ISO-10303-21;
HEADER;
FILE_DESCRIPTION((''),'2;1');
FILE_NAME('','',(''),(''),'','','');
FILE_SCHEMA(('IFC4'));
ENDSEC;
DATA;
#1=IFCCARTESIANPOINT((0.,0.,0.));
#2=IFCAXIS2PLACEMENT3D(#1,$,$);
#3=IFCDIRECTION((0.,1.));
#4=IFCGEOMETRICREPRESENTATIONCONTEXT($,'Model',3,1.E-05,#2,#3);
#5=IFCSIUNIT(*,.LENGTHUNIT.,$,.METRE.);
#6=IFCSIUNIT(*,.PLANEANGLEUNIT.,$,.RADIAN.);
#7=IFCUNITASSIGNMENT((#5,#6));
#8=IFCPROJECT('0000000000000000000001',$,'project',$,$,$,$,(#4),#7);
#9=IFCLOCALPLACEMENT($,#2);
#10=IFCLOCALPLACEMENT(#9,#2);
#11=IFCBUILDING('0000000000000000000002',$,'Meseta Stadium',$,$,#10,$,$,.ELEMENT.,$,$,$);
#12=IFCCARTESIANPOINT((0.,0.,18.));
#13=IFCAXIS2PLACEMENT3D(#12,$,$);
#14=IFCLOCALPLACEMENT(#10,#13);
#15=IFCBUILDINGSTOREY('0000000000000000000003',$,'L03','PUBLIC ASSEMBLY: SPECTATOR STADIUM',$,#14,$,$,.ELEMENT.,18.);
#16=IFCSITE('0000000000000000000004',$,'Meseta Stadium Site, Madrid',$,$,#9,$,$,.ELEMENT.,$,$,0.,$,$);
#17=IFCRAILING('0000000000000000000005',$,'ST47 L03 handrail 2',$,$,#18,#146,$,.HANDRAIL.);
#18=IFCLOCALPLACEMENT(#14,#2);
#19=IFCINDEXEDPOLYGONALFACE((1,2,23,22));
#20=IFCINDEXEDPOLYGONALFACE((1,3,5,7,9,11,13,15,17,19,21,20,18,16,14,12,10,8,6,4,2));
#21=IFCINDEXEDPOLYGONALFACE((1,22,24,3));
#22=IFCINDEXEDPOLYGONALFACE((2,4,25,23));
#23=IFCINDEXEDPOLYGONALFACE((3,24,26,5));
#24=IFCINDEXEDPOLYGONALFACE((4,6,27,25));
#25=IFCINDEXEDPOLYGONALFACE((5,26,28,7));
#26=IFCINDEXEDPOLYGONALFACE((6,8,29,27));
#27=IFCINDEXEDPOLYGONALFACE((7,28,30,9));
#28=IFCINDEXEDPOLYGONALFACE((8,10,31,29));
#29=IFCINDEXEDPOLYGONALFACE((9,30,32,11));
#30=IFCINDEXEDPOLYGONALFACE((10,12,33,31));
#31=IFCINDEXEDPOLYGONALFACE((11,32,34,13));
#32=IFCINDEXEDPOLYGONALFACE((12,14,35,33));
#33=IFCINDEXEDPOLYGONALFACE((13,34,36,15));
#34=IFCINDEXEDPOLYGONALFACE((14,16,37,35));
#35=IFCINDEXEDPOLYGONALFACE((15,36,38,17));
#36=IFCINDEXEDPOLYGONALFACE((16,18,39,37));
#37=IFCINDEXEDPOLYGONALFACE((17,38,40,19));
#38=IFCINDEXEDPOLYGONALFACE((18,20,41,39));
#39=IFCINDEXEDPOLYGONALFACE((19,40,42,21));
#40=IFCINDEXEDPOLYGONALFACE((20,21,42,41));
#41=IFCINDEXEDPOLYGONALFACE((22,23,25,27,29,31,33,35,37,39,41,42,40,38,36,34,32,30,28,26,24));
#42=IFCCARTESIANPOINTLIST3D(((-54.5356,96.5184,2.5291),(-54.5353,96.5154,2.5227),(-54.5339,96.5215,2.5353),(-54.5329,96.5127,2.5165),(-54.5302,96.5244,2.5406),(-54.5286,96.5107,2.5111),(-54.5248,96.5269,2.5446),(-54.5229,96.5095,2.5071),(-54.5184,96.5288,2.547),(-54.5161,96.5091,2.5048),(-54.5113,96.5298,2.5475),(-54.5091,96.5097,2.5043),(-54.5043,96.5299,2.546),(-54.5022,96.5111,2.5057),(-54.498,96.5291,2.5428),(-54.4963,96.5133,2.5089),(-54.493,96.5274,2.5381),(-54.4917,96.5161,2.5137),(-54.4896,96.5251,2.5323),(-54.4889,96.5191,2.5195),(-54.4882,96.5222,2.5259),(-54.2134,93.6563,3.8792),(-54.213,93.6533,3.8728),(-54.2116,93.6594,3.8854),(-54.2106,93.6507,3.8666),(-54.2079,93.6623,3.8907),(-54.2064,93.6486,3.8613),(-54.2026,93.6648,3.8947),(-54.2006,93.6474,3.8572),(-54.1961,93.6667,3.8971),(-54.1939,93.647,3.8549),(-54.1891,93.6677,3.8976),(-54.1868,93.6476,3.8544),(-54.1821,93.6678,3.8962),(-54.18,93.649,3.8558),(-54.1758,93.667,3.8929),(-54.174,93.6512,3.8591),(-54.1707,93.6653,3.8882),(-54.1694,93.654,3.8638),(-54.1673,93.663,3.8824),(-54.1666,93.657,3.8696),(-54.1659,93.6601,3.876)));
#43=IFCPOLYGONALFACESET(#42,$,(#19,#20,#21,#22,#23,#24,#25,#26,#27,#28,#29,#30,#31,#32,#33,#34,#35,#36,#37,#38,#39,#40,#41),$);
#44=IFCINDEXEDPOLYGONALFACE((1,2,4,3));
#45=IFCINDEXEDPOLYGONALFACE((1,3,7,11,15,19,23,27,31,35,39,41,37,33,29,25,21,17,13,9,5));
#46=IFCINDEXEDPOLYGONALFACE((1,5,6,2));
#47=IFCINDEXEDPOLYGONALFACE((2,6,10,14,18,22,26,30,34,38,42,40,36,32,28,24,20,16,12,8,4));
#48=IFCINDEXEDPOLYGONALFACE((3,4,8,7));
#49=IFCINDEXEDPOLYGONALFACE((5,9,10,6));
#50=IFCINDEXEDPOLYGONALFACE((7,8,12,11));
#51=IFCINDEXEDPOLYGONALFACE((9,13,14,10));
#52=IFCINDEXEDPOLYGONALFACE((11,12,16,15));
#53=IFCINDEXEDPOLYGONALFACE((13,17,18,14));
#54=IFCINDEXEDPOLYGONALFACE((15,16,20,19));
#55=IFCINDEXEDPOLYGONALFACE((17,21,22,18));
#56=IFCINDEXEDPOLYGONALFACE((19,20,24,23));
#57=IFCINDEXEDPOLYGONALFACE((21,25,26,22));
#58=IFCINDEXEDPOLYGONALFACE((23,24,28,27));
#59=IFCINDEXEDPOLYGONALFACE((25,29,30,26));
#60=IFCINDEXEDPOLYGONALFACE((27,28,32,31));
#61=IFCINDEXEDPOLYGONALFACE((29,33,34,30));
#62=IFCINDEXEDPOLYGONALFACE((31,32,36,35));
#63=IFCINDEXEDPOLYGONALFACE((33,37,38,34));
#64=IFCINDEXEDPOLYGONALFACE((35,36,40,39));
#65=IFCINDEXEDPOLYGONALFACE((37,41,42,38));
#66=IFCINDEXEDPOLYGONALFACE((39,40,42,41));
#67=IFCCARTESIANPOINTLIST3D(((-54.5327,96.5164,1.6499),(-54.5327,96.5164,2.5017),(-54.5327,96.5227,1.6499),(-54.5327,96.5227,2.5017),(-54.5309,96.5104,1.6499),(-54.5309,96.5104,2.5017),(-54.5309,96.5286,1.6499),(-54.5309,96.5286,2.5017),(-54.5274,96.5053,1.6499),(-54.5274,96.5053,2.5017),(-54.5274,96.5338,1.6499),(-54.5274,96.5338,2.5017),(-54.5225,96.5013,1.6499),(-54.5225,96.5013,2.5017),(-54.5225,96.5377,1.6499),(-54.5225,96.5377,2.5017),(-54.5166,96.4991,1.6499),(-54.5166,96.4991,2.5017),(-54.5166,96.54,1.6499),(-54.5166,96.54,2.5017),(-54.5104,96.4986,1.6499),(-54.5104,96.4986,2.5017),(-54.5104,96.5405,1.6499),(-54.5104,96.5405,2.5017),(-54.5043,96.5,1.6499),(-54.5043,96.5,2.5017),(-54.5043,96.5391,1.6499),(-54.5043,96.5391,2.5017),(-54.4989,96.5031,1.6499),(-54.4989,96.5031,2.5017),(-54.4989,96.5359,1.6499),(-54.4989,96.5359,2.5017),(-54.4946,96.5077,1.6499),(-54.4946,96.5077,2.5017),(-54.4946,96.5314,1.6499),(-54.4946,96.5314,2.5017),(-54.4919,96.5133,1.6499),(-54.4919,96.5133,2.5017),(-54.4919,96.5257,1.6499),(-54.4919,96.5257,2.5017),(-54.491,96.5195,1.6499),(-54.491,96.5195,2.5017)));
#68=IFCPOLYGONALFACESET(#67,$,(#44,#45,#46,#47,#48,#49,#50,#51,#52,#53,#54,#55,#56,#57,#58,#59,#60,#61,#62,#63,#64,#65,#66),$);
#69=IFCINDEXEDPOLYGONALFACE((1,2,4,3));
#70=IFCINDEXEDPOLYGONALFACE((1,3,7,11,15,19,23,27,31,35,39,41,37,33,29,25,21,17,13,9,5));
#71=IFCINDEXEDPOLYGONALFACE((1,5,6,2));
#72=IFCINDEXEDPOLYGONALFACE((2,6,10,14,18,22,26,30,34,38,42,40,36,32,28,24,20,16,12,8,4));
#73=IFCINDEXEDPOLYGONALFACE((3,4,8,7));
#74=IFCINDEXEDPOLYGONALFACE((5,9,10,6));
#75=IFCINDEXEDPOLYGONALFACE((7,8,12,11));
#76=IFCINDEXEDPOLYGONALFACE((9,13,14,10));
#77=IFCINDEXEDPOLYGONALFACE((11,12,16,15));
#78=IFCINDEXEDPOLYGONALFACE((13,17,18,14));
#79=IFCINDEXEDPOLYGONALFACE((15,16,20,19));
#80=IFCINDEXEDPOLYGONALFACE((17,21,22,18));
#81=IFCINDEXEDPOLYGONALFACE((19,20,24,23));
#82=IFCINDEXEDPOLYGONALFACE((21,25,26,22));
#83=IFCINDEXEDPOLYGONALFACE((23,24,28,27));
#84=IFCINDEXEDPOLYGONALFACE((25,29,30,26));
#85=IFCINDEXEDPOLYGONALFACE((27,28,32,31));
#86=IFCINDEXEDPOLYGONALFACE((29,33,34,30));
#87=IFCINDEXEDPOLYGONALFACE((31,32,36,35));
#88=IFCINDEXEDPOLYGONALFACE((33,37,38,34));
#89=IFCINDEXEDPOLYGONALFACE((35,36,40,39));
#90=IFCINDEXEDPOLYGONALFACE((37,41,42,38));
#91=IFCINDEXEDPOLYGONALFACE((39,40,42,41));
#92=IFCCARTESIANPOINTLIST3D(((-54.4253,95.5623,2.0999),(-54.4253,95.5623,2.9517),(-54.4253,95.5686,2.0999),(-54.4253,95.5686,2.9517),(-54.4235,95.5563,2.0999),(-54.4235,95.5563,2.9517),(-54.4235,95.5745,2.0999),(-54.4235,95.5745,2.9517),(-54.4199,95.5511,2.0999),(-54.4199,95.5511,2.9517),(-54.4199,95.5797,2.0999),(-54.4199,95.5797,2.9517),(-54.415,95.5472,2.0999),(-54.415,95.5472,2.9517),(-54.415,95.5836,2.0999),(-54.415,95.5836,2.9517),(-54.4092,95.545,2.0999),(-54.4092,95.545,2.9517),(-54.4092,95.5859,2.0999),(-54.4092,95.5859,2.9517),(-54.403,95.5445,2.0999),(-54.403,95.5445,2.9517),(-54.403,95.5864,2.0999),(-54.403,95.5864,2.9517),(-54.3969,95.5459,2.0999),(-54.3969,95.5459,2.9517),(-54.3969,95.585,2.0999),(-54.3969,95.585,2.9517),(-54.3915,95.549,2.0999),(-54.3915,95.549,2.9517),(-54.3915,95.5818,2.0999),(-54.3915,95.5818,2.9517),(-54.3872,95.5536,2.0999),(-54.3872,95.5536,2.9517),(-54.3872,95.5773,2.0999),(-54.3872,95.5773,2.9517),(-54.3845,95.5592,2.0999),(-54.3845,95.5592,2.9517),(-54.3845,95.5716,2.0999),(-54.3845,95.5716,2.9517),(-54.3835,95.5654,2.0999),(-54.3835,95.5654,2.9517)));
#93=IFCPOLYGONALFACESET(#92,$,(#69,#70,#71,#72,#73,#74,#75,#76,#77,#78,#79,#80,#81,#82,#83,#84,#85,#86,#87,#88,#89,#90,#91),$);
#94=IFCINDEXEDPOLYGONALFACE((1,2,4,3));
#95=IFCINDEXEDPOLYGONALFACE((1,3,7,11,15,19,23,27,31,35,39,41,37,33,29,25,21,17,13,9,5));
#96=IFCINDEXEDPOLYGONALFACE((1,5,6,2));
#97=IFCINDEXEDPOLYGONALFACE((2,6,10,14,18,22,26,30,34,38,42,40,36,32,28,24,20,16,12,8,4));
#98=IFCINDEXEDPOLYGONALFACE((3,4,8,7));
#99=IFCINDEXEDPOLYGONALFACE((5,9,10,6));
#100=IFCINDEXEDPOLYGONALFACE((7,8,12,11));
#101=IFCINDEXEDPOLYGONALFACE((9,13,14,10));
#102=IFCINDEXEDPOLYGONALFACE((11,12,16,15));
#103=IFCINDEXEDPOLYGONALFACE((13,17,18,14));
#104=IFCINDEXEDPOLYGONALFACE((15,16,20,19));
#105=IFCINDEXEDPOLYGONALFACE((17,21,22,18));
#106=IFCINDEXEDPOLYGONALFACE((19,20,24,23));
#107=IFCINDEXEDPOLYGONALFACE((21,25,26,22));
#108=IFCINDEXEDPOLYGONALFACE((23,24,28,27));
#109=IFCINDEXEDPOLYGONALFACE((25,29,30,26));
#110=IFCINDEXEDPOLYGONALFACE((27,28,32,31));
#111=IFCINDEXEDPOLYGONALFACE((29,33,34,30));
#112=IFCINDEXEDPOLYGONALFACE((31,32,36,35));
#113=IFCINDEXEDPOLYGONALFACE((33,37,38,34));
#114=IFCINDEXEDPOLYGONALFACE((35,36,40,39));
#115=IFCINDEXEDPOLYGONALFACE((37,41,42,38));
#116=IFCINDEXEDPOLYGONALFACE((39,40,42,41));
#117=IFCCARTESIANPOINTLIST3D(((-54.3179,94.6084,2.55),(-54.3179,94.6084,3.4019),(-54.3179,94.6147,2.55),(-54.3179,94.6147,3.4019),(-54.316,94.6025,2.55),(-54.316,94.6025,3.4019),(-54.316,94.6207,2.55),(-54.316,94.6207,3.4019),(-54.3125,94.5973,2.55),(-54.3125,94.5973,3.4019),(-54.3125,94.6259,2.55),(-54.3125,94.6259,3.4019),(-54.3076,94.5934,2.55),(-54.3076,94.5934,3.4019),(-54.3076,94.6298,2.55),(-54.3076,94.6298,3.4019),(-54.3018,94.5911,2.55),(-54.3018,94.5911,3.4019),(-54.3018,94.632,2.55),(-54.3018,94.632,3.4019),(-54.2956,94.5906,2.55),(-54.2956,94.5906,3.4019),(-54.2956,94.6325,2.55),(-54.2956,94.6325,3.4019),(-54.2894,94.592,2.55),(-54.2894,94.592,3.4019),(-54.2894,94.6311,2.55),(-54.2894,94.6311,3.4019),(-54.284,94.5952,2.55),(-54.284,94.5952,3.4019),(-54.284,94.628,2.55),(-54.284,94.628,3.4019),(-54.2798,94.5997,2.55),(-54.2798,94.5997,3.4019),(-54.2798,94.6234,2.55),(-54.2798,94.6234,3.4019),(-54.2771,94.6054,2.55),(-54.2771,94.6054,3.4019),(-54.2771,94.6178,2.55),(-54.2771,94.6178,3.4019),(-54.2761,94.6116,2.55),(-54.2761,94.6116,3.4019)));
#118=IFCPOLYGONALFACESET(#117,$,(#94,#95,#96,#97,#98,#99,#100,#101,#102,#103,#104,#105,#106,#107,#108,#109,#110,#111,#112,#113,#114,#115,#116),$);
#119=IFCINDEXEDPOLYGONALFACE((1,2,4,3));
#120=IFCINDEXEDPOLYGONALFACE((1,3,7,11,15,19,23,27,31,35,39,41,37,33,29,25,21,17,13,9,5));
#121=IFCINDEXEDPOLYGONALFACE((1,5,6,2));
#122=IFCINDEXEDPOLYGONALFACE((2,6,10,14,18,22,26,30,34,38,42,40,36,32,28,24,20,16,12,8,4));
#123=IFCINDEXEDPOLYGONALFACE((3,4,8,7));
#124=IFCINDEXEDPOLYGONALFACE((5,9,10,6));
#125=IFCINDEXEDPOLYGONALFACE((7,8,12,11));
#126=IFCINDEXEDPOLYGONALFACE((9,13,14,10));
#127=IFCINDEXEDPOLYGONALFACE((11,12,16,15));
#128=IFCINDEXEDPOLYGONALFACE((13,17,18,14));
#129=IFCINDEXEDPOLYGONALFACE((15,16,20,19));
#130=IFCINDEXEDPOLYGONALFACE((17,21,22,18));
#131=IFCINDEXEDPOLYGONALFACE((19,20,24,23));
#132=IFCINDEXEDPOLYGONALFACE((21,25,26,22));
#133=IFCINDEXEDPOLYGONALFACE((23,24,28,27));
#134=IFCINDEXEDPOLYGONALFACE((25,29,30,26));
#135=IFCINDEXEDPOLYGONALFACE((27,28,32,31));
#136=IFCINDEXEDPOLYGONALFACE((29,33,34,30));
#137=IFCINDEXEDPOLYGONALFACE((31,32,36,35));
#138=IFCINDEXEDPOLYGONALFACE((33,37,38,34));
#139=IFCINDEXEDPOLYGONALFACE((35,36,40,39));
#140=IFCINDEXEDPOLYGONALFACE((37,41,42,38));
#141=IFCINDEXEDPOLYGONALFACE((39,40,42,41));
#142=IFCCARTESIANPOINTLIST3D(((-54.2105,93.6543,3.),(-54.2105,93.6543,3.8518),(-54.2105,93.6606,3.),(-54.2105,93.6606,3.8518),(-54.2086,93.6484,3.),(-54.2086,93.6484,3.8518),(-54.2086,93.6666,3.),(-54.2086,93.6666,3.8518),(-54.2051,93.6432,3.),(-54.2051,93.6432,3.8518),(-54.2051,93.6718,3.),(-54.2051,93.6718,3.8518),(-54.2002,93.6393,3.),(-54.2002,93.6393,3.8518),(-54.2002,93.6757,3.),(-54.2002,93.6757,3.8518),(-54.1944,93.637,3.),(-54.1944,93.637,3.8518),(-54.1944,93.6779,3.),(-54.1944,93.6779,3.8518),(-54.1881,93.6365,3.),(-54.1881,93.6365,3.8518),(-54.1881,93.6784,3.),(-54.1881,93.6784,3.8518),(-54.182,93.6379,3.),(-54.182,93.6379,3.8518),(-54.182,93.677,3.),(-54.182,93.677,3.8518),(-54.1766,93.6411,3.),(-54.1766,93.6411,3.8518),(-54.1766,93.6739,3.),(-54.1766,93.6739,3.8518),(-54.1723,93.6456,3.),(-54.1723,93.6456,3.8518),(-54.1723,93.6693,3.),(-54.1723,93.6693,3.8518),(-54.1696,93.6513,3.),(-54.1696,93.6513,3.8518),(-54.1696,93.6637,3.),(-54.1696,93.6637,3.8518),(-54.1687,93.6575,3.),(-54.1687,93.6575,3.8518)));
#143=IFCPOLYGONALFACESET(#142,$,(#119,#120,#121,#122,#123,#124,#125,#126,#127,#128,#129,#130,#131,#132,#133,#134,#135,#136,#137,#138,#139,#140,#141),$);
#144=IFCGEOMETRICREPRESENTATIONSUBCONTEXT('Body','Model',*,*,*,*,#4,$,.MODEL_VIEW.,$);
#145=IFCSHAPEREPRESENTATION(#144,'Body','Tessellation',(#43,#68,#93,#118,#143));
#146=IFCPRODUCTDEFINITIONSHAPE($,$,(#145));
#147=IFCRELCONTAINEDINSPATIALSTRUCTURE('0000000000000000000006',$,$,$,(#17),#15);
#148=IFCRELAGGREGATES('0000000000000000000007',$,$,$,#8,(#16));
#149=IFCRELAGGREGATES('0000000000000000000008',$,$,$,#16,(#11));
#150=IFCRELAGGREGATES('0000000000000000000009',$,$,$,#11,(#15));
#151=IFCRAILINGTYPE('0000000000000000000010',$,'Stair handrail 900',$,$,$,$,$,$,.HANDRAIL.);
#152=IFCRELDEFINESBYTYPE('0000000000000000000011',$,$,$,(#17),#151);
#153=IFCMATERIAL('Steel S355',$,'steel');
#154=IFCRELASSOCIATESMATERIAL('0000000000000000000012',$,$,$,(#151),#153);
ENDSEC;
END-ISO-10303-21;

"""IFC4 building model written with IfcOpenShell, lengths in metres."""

from ifc_helpers import new_model, si_unit, direction, frame, origin, origin_2d, place, context, subcontext, project, spatial, circle, extrude, material, type_object, element, save


model = new_model("IFC4")

# Units and contexts
model_context = context("Model", 3, precision=1e-05, world=origin(), true_north=direction((0.0, 1.0)))
body_context = subcontext(model_context, "Body", "Model", "MODEL_VIEW")
ifc_project = project(units=[si_unit("LENGTHUNIT", "METRE"), si_unit("PLANEANGLEUNIT", "RADIAN")], contexts=[model_context])

# Site, building, storey
site_placement = place(None, origin())
site = spatial("IfcSite", under=ifc_project, at=site_placement, Name="Meseta Stadium Site, Madrid", CompositionType="ELEMENT", RefElevation=0.0)
building_placement = place(site_placement, origin())
building = spatial("IfcBuilding", under=site, at=building_placement, Name="Meseta Stadium", CompositionType="ELEMENT")
storey_placement = place(building_placement, frame((0.0, 0.0, 18.0)))
storey = spatial("IfcBuildingStorey", under=building, at=storey_placement, Name="L03", Description="PUBLIC ASSEMBLY: SPECTATOR STADIUM", CompositionType="ELEMENT", Elevation=18.0)

# Railing
ifc_material_1 = material(Name="Steel S355", Category="steel")
railing_type_1 = type_object("IfcRailingType", Name="Stair handrail 900", PredefinedType="HANDRAIL", material=ifc_material_1)
for number, where, name in (
    (1, (-54.512, 96.5195, 1.6499), "ST47 L03 handrail 2"),
):
    element("IfcRailing", number, at=place(storey_placement, frame(where)), inside=storey, type_object=railing_type_1, Name=name, PredefinedType="HANDRAIL", context=body_context, shape_type="SweptSolid", body=[
        extrude(circle(Radius=0.0239, at=origin_2d()), frame((0.0, 0.0, 0.876), z_axis=(0.101313, -0.89977, 0.424441), x_axis=(0.99372, 0.111892, 0.0)), (0.0, 0.0, 1.0), 3.1809),
        extrude(circle(Radius=0.021, at=origin_2d()), origin(), (0.0, 0.0, 1.0), 0.8518),
        extrude(circle(Radius=0.021, at=origin_2d()), frame((0.1074, -0.9541, 0.45)), (0.0, 0.0, 1.0), 0.8518),
        extrude(circle(Radius=0.021, at=origin_2d()), frame((0.2148, -1.908, 0.9001)), (0.0, 0.0, 1.0), 0.8518),
        extrude(circle(Radius=0.021, at=origin_2d()), frame((0.3223, -2.8621, 1.3501)), (0.0, 0.0, 1.0), 0.8518),
    ])

save(model, "model.ifc")
